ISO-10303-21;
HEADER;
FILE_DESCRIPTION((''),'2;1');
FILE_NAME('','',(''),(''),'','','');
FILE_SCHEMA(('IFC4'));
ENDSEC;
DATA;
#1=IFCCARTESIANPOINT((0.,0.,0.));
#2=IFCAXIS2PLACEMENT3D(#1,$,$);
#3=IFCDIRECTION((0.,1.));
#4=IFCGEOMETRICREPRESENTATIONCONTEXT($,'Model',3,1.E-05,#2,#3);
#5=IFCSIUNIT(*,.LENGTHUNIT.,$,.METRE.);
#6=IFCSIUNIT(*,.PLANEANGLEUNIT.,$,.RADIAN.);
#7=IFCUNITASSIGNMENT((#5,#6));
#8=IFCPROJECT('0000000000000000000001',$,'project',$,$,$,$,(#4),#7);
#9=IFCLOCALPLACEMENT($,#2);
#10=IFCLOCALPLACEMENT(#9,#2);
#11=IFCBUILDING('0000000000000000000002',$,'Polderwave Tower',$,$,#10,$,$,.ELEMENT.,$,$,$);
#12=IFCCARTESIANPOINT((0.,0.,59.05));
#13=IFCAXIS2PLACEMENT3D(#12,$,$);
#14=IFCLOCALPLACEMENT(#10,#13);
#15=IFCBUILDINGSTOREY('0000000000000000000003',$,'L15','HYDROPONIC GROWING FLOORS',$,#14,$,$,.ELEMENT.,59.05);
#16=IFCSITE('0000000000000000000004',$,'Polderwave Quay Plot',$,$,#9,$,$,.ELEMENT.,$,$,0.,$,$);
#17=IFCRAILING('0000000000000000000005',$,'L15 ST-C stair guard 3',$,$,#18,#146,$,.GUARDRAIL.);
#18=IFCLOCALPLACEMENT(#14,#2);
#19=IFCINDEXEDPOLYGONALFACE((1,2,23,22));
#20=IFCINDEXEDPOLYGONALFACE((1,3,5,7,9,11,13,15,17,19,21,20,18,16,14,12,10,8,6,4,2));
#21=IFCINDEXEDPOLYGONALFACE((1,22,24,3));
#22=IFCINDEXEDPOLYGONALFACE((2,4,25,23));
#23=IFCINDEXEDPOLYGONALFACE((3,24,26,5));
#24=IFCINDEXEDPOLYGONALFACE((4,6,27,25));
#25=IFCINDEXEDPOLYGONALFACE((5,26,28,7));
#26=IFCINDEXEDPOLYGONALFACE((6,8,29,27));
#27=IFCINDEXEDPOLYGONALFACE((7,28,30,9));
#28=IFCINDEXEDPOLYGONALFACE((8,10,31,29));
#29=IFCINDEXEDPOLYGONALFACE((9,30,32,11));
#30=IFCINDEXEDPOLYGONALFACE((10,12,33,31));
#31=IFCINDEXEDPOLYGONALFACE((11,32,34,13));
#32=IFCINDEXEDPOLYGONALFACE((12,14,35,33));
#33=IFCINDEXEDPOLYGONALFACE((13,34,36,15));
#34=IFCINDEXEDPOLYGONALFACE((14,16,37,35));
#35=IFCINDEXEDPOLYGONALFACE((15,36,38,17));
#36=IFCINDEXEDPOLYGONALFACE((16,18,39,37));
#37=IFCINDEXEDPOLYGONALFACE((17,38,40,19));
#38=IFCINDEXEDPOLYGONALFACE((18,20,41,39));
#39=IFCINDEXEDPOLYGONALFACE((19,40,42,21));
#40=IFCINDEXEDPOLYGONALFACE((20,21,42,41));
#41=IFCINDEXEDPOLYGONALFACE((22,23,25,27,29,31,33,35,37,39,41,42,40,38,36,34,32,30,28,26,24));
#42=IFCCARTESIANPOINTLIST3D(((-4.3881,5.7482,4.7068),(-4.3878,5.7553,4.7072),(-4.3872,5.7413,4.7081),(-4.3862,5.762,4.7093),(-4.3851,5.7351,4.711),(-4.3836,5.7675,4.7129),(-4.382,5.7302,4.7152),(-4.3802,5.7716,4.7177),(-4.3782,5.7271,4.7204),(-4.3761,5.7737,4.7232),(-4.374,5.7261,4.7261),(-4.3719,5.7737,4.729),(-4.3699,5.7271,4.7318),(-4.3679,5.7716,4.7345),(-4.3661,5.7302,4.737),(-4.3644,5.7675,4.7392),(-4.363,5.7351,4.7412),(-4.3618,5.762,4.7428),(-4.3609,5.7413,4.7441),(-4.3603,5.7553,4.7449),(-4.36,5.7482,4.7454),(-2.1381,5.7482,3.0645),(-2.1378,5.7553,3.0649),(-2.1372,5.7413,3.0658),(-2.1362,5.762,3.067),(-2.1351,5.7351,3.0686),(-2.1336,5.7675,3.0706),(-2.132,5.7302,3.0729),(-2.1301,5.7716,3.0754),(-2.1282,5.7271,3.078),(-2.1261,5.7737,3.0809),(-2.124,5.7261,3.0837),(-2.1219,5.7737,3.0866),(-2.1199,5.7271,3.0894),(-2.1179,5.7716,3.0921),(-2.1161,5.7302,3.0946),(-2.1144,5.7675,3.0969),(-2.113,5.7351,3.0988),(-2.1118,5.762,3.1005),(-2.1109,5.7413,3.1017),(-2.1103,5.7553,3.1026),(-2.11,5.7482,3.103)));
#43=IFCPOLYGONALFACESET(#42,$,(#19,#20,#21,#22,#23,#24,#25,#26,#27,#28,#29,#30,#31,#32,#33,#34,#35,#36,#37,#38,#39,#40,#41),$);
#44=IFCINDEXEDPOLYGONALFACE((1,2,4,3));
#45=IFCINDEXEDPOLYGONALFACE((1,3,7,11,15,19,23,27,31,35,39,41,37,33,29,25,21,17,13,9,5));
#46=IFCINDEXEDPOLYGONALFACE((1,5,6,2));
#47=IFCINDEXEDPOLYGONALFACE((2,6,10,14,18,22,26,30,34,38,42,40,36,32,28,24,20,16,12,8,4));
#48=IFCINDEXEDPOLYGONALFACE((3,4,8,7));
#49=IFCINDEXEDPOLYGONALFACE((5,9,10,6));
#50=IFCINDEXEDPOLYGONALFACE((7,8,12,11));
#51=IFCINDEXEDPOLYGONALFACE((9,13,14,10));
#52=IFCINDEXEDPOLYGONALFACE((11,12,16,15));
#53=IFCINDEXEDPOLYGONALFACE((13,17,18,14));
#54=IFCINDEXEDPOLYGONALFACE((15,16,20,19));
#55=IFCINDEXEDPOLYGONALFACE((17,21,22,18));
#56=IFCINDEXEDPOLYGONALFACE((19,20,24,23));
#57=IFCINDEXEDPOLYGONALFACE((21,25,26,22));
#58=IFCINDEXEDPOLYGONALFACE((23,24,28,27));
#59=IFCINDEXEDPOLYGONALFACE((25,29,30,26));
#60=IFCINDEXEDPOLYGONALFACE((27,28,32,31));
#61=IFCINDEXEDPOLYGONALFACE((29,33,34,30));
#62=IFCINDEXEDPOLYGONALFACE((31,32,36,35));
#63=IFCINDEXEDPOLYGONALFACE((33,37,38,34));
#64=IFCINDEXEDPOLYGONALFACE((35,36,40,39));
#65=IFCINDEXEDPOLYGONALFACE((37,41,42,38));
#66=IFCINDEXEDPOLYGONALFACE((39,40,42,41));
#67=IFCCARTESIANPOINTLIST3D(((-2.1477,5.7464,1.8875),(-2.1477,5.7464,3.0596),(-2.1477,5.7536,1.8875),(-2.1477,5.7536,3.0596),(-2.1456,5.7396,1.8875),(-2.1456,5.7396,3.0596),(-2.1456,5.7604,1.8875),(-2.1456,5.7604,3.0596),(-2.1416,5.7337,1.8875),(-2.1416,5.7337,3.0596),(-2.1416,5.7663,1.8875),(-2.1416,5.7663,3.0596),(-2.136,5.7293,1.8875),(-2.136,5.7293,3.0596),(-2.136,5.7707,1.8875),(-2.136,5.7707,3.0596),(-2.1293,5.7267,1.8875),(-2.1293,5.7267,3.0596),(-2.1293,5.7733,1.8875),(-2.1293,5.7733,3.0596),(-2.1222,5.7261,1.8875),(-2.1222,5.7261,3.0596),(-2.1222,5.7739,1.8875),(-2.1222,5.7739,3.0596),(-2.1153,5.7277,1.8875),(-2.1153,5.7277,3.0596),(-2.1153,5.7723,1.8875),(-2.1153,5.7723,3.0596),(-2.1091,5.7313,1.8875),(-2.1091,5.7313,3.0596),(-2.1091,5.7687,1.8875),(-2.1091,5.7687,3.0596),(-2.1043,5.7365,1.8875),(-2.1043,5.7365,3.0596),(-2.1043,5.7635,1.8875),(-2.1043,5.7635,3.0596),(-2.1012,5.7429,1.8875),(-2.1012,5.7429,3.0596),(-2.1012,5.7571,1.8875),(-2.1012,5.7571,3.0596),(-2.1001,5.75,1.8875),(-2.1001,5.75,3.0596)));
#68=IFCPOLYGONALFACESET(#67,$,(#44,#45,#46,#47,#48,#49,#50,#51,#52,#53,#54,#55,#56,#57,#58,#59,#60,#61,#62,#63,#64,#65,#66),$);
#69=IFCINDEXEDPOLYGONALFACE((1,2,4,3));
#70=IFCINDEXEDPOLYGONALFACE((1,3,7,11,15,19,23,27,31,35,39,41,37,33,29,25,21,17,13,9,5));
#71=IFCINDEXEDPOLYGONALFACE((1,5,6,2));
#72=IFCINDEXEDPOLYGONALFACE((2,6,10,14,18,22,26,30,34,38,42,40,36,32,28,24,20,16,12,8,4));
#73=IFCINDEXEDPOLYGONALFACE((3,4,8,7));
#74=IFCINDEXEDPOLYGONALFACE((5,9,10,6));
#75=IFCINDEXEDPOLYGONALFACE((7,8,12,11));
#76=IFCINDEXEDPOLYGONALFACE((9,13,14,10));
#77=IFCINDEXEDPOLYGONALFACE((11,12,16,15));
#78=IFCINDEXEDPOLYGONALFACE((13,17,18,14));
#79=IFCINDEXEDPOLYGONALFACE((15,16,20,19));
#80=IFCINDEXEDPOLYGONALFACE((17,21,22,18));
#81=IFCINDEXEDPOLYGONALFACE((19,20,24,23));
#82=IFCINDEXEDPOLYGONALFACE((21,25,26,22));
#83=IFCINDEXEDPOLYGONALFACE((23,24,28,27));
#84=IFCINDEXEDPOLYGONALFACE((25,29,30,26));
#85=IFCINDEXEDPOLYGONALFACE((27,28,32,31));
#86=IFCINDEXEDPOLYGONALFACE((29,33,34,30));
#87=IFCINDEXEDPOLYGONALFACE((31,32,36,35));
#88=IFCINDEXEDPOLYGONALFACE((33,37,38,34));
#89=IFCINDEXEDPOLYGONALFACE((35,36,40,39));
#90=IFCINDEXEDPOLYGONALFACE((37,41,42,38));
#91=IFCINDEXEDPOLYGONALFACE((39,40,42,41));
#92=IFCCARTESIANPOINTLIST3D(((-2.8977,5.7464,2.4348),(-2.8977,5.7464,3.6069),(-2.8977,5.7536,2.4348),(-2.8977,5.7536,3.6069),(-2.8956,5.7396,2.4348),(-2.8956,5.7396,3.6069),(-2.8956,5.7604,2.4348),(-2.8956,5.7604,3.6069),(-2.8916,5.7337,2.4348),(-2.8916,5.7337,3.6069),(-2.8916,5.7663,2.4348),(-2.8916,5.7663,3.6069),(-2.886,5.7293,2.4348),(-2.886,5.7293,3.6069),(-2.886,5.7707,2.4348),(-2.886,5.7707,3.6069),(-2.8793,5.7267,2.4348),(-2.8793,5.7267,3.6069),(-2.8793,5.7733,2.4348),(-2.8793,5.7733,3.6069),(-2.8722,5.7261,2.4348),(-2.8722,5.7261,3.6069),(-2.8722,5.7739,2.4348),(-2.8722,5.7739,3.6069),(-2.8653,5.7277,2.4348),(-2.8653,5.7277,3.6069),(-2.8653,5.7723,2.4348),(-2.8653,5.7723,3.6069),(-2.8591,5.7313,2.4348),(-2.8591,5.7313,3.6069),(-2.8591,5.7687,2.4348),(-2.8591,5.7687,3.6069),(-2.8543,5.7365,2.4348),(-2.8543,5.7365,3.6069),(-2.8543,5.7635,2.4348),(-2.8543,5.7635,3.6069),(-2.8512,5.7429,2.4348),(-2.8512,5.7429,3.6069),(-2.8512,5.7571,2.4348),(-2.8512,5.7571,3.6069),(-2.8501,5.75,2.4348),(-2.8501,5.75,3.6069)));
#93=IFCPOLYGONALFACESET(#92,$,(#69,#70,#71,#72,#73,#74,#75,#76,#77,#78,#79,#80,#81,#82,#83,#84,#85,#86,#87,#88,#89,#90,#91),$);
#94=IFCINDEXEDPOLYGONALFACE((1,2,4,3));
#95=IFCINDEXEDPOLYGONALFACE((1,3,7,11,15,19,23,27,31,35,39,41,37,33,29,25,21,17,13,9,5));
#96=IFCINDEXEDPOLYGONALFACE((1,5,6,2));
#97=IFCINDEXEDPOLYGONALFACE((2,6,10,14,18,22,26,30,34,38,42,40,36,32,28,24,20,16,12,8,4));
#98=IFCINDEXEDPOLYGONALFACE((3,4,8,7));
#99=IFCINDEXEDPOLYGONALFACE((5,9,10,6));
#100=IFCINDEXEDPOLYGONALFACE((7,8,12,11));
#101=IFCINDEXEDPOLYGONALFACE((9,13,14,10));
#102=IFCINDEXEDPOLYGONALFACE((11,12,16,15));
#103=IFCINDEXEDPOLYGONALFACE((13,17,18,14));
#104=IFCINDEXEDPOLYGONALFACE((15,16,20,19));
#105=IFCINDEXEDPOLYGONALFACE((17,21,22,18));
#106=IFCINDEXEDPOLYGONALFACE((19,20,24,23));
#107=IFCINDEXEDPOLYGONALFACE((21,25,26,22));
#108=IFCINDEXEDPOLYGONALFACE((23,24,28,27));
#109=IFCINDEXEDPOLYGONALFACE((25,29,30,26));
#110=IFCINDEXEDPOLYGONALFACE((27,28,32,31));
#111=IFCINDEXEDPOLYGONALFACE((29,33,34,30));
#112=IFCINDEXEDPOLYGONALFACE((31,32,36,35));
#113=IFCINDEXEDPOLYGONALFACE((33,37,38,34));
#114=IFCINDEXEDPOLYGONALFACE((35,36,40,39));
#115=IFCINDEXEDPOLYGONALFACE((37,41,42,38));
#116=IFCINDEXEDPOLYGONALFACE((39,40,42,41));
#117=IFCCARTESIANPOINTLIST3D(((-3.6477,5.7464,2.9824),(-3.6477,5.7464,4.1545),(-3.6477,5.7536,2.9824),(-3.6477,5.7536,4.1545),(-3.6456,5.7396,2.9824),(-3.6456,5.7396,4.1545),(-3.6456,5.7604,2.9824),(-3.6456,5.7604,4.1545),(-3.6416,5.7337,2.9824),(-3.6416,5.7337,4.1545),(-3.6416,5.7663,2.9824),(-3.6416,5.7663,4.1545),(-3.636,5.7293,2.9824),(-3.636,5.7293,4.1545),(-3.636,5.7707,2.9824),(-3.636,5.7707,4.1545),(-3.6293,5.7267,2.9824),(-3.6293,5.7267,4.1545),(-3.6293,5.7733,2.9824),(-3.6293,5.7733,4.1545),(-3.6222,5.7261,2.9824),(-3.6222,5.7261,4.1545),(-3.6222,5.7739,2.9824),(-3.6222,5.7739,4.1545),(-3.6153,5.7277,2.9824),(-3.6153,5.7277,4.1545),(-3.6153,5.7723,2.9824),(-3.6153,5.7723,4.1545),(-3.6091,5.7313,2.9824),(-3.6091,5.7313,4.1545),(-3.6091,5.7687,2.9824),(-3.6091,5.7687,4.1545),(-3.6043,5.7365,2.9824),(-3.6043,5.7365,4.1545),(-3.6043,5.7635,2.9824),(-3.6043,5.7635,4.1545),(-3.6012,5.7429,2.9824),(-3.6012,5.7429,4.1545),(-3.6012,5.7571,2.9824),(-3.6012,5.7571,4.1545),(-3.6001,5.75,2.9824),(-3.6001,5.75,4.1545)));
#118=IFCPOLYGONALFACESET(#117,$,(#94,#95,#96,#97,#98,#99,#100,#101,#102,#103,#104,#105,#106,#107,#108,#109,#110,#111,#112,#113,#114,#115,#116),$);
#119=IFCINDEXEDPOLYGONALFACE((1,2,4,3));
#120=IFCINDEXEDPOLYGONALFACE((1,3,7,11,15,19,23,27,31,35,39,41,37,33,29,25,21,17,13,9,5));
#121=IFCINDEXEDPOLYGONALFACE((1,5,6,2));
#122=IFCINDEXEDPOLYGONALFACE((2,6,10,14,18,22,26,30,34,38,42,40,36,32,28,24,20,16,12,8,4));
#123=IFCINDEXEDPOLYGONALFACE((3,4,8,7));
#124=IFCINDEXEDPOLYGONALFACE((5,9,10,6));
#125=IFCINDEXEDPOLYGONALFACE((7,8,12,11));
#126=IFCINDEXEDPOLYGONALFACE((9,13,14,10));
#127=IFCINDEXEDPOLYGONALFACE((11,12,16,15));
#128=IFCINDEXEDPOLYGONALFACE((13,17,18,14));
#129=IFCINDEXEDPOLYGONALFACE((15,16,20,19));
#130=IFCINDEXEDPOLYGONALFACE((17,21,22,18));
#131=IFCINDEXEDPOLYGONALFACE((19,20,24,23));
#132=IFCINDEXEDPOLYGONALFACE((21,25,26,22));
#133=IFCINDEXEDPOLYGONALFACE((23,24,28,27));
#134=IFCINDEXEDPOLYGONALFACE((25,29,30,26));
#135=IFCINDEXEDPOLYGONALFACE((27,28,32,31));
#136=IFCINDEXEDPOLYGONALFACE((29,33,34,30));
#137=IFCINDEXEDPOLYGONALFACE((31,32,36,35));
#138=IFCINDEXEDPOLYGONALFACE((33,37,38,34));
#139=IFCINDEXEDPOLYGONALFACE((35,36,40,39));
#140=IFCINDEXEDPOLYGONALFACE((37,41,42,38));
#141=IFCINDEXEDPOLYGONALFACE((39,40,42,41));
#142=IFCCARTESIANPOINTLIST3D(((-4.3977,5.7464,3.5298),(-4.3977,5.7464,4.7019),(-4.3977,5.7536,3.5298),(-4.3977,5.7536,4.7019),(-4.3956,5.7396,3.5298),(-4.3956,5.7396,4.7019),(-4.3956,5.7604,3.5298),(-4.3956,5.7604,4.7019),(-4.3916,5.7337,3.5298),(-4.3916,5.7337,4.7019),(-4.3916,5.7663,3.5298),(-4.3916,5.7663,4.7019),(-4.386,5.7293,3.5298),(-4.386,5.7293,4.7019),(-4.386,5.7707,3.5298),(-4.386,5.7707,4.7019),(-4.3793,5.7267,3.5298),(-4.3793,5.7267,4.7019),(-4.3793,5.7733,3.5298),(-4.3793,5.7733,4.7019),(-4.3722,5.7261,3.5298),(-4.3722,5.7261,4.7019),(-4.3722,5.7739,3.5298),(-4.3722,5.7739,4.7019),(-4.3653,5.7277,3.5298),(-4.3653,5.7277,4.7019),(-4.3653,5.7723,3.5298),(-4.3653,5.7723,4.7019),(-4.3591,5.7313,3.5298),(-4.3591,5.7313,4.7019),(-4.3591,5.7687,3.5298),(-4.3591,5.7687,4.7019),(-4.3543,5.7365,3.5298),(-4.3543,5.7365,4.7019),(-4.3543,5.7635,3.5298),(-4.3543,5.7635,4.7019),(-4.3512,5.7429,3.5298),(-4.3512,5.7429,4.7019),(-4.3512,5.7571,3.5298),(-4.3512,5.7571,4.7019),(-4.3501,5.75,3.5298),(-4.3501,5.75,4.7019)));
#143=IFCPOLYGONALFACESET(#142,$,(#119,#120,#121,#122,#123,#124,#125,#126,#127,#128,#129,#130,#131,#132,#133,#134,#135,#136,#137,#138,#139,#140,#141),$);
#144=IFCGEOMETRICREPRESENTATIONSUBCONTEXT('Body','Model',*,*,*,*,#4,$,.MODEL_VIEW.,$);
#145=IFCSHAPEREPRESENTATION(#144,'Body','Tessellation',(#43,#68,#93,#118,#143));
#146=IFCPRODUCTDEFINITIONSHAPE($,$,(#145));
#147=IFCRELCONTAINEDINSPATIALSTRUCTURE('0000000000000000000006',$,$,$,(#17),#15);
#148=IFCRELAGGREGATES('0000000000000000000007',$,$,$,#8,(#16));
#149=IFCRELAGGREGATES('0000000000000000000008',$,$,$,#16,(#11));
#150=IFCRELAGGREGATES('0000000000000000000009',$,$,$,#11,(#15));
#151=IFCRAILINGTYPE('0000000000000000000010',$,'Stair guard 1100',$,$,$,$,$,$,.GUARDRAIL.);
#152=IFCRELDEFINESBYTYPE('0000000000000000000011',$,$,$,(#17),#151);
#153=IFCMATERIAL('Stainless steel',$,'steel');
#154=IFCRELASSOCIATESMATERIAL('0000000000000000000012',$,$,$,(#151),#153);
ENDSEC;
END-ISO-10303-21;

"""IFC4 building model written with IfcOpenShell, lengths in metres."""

from ifc_helpers import new_model, si_unit, direction, frame, origin, origin_2d, place, context, subcontext, project, spatial, circle, extrude, material, type_object, element, save


model = new_model("IFC4")

# Units and contexts
model_context = context("Model", 3, precision=1e-05, world=origin(), true_north=direction((0.0, 1.0)))
body_context = subcontext(model_context, "Body", "Model", "MODEL_VIEW")
ifc_project = project(units=[si_unit("LENGTHUNIT", "METRE"), si_unit("PLANEANGLEUNIT", "RADIAN")], contexts=[model_context])

# Site, building, storey
site_placement = place(None, origin())
site = spatial("IfcSite", under=ifc_project, at=site_placement, Name="Polderwave Quay Plot", CompositionType="ELEMENT", RefElevation=0.0)
building_placement = place(site_placement, origin())
building = spatial("IfcBuilding", under=site, at=building_placement, Name="Polderwave Tower", CompositionType="ELEMENT")
storey_placement = place(building_placement, frame((0.0, 0.0, 59.05)))
storey = spatial("IfcBuildingStorey", under=building, at=storey_placement, Name="L15", Description="HYDROPONIC GROWING FLOORS", CompositionType="ELEMENT", Elevation=59.05)

# Railing
ifc_material_1 = material(Name="Stainless steel", Category="steel")
railing_type_1 = type_object("IfcRailingType", Name="Stair guard 1100", PredefinedType="GUARDRAIL", material=ifc_material_1)
railing_1_placement = place(storey_placement, frame((-2.124, 5.75, 1.8875)))
element("IfcRailing", 1, at=railing_1_placement, inside=storey, type_object=railing_type_1, Name="L15 ST-C stair guard 3", PredefinedType="GUARDRAIL", context=body_context, shape_type="SweptSolid", body=[
    extrude(circle(Radius=0.0239, at=origin_2d()), frame((0.0, 0.0, 1.1963), z_axis=(-0.807715, 0.0, 0.589573), x_axis=(0.0, -1.0, 0.0)), (0.0, 0.0, 1.0), 2.7856),
    extrude(circle(Radius=0.0239, at=origin_2d()), origin(), (0.0, 0.0, 1.0), 1.1721),
    extrude(circle(Radius=0.0239, at=origin_2d()), frame((-0.75, 0.0, 0.5474)), (0.0, 0.0, 1.0), 1.1721),
    extrude(circle(Radius=0.0239, at=origin_2d()), frame((-1.5, 0.0, 1.095)), (0.0, 0.0, 1.0), 1.1721),
    extrude(circle(Radius=0.0239, at=origin_2d()), frame((-2.25, 0.0, 1.6423)), (0.0, 0.0, 1.0), 1.1721),
])

save(model, "model.ifc")
